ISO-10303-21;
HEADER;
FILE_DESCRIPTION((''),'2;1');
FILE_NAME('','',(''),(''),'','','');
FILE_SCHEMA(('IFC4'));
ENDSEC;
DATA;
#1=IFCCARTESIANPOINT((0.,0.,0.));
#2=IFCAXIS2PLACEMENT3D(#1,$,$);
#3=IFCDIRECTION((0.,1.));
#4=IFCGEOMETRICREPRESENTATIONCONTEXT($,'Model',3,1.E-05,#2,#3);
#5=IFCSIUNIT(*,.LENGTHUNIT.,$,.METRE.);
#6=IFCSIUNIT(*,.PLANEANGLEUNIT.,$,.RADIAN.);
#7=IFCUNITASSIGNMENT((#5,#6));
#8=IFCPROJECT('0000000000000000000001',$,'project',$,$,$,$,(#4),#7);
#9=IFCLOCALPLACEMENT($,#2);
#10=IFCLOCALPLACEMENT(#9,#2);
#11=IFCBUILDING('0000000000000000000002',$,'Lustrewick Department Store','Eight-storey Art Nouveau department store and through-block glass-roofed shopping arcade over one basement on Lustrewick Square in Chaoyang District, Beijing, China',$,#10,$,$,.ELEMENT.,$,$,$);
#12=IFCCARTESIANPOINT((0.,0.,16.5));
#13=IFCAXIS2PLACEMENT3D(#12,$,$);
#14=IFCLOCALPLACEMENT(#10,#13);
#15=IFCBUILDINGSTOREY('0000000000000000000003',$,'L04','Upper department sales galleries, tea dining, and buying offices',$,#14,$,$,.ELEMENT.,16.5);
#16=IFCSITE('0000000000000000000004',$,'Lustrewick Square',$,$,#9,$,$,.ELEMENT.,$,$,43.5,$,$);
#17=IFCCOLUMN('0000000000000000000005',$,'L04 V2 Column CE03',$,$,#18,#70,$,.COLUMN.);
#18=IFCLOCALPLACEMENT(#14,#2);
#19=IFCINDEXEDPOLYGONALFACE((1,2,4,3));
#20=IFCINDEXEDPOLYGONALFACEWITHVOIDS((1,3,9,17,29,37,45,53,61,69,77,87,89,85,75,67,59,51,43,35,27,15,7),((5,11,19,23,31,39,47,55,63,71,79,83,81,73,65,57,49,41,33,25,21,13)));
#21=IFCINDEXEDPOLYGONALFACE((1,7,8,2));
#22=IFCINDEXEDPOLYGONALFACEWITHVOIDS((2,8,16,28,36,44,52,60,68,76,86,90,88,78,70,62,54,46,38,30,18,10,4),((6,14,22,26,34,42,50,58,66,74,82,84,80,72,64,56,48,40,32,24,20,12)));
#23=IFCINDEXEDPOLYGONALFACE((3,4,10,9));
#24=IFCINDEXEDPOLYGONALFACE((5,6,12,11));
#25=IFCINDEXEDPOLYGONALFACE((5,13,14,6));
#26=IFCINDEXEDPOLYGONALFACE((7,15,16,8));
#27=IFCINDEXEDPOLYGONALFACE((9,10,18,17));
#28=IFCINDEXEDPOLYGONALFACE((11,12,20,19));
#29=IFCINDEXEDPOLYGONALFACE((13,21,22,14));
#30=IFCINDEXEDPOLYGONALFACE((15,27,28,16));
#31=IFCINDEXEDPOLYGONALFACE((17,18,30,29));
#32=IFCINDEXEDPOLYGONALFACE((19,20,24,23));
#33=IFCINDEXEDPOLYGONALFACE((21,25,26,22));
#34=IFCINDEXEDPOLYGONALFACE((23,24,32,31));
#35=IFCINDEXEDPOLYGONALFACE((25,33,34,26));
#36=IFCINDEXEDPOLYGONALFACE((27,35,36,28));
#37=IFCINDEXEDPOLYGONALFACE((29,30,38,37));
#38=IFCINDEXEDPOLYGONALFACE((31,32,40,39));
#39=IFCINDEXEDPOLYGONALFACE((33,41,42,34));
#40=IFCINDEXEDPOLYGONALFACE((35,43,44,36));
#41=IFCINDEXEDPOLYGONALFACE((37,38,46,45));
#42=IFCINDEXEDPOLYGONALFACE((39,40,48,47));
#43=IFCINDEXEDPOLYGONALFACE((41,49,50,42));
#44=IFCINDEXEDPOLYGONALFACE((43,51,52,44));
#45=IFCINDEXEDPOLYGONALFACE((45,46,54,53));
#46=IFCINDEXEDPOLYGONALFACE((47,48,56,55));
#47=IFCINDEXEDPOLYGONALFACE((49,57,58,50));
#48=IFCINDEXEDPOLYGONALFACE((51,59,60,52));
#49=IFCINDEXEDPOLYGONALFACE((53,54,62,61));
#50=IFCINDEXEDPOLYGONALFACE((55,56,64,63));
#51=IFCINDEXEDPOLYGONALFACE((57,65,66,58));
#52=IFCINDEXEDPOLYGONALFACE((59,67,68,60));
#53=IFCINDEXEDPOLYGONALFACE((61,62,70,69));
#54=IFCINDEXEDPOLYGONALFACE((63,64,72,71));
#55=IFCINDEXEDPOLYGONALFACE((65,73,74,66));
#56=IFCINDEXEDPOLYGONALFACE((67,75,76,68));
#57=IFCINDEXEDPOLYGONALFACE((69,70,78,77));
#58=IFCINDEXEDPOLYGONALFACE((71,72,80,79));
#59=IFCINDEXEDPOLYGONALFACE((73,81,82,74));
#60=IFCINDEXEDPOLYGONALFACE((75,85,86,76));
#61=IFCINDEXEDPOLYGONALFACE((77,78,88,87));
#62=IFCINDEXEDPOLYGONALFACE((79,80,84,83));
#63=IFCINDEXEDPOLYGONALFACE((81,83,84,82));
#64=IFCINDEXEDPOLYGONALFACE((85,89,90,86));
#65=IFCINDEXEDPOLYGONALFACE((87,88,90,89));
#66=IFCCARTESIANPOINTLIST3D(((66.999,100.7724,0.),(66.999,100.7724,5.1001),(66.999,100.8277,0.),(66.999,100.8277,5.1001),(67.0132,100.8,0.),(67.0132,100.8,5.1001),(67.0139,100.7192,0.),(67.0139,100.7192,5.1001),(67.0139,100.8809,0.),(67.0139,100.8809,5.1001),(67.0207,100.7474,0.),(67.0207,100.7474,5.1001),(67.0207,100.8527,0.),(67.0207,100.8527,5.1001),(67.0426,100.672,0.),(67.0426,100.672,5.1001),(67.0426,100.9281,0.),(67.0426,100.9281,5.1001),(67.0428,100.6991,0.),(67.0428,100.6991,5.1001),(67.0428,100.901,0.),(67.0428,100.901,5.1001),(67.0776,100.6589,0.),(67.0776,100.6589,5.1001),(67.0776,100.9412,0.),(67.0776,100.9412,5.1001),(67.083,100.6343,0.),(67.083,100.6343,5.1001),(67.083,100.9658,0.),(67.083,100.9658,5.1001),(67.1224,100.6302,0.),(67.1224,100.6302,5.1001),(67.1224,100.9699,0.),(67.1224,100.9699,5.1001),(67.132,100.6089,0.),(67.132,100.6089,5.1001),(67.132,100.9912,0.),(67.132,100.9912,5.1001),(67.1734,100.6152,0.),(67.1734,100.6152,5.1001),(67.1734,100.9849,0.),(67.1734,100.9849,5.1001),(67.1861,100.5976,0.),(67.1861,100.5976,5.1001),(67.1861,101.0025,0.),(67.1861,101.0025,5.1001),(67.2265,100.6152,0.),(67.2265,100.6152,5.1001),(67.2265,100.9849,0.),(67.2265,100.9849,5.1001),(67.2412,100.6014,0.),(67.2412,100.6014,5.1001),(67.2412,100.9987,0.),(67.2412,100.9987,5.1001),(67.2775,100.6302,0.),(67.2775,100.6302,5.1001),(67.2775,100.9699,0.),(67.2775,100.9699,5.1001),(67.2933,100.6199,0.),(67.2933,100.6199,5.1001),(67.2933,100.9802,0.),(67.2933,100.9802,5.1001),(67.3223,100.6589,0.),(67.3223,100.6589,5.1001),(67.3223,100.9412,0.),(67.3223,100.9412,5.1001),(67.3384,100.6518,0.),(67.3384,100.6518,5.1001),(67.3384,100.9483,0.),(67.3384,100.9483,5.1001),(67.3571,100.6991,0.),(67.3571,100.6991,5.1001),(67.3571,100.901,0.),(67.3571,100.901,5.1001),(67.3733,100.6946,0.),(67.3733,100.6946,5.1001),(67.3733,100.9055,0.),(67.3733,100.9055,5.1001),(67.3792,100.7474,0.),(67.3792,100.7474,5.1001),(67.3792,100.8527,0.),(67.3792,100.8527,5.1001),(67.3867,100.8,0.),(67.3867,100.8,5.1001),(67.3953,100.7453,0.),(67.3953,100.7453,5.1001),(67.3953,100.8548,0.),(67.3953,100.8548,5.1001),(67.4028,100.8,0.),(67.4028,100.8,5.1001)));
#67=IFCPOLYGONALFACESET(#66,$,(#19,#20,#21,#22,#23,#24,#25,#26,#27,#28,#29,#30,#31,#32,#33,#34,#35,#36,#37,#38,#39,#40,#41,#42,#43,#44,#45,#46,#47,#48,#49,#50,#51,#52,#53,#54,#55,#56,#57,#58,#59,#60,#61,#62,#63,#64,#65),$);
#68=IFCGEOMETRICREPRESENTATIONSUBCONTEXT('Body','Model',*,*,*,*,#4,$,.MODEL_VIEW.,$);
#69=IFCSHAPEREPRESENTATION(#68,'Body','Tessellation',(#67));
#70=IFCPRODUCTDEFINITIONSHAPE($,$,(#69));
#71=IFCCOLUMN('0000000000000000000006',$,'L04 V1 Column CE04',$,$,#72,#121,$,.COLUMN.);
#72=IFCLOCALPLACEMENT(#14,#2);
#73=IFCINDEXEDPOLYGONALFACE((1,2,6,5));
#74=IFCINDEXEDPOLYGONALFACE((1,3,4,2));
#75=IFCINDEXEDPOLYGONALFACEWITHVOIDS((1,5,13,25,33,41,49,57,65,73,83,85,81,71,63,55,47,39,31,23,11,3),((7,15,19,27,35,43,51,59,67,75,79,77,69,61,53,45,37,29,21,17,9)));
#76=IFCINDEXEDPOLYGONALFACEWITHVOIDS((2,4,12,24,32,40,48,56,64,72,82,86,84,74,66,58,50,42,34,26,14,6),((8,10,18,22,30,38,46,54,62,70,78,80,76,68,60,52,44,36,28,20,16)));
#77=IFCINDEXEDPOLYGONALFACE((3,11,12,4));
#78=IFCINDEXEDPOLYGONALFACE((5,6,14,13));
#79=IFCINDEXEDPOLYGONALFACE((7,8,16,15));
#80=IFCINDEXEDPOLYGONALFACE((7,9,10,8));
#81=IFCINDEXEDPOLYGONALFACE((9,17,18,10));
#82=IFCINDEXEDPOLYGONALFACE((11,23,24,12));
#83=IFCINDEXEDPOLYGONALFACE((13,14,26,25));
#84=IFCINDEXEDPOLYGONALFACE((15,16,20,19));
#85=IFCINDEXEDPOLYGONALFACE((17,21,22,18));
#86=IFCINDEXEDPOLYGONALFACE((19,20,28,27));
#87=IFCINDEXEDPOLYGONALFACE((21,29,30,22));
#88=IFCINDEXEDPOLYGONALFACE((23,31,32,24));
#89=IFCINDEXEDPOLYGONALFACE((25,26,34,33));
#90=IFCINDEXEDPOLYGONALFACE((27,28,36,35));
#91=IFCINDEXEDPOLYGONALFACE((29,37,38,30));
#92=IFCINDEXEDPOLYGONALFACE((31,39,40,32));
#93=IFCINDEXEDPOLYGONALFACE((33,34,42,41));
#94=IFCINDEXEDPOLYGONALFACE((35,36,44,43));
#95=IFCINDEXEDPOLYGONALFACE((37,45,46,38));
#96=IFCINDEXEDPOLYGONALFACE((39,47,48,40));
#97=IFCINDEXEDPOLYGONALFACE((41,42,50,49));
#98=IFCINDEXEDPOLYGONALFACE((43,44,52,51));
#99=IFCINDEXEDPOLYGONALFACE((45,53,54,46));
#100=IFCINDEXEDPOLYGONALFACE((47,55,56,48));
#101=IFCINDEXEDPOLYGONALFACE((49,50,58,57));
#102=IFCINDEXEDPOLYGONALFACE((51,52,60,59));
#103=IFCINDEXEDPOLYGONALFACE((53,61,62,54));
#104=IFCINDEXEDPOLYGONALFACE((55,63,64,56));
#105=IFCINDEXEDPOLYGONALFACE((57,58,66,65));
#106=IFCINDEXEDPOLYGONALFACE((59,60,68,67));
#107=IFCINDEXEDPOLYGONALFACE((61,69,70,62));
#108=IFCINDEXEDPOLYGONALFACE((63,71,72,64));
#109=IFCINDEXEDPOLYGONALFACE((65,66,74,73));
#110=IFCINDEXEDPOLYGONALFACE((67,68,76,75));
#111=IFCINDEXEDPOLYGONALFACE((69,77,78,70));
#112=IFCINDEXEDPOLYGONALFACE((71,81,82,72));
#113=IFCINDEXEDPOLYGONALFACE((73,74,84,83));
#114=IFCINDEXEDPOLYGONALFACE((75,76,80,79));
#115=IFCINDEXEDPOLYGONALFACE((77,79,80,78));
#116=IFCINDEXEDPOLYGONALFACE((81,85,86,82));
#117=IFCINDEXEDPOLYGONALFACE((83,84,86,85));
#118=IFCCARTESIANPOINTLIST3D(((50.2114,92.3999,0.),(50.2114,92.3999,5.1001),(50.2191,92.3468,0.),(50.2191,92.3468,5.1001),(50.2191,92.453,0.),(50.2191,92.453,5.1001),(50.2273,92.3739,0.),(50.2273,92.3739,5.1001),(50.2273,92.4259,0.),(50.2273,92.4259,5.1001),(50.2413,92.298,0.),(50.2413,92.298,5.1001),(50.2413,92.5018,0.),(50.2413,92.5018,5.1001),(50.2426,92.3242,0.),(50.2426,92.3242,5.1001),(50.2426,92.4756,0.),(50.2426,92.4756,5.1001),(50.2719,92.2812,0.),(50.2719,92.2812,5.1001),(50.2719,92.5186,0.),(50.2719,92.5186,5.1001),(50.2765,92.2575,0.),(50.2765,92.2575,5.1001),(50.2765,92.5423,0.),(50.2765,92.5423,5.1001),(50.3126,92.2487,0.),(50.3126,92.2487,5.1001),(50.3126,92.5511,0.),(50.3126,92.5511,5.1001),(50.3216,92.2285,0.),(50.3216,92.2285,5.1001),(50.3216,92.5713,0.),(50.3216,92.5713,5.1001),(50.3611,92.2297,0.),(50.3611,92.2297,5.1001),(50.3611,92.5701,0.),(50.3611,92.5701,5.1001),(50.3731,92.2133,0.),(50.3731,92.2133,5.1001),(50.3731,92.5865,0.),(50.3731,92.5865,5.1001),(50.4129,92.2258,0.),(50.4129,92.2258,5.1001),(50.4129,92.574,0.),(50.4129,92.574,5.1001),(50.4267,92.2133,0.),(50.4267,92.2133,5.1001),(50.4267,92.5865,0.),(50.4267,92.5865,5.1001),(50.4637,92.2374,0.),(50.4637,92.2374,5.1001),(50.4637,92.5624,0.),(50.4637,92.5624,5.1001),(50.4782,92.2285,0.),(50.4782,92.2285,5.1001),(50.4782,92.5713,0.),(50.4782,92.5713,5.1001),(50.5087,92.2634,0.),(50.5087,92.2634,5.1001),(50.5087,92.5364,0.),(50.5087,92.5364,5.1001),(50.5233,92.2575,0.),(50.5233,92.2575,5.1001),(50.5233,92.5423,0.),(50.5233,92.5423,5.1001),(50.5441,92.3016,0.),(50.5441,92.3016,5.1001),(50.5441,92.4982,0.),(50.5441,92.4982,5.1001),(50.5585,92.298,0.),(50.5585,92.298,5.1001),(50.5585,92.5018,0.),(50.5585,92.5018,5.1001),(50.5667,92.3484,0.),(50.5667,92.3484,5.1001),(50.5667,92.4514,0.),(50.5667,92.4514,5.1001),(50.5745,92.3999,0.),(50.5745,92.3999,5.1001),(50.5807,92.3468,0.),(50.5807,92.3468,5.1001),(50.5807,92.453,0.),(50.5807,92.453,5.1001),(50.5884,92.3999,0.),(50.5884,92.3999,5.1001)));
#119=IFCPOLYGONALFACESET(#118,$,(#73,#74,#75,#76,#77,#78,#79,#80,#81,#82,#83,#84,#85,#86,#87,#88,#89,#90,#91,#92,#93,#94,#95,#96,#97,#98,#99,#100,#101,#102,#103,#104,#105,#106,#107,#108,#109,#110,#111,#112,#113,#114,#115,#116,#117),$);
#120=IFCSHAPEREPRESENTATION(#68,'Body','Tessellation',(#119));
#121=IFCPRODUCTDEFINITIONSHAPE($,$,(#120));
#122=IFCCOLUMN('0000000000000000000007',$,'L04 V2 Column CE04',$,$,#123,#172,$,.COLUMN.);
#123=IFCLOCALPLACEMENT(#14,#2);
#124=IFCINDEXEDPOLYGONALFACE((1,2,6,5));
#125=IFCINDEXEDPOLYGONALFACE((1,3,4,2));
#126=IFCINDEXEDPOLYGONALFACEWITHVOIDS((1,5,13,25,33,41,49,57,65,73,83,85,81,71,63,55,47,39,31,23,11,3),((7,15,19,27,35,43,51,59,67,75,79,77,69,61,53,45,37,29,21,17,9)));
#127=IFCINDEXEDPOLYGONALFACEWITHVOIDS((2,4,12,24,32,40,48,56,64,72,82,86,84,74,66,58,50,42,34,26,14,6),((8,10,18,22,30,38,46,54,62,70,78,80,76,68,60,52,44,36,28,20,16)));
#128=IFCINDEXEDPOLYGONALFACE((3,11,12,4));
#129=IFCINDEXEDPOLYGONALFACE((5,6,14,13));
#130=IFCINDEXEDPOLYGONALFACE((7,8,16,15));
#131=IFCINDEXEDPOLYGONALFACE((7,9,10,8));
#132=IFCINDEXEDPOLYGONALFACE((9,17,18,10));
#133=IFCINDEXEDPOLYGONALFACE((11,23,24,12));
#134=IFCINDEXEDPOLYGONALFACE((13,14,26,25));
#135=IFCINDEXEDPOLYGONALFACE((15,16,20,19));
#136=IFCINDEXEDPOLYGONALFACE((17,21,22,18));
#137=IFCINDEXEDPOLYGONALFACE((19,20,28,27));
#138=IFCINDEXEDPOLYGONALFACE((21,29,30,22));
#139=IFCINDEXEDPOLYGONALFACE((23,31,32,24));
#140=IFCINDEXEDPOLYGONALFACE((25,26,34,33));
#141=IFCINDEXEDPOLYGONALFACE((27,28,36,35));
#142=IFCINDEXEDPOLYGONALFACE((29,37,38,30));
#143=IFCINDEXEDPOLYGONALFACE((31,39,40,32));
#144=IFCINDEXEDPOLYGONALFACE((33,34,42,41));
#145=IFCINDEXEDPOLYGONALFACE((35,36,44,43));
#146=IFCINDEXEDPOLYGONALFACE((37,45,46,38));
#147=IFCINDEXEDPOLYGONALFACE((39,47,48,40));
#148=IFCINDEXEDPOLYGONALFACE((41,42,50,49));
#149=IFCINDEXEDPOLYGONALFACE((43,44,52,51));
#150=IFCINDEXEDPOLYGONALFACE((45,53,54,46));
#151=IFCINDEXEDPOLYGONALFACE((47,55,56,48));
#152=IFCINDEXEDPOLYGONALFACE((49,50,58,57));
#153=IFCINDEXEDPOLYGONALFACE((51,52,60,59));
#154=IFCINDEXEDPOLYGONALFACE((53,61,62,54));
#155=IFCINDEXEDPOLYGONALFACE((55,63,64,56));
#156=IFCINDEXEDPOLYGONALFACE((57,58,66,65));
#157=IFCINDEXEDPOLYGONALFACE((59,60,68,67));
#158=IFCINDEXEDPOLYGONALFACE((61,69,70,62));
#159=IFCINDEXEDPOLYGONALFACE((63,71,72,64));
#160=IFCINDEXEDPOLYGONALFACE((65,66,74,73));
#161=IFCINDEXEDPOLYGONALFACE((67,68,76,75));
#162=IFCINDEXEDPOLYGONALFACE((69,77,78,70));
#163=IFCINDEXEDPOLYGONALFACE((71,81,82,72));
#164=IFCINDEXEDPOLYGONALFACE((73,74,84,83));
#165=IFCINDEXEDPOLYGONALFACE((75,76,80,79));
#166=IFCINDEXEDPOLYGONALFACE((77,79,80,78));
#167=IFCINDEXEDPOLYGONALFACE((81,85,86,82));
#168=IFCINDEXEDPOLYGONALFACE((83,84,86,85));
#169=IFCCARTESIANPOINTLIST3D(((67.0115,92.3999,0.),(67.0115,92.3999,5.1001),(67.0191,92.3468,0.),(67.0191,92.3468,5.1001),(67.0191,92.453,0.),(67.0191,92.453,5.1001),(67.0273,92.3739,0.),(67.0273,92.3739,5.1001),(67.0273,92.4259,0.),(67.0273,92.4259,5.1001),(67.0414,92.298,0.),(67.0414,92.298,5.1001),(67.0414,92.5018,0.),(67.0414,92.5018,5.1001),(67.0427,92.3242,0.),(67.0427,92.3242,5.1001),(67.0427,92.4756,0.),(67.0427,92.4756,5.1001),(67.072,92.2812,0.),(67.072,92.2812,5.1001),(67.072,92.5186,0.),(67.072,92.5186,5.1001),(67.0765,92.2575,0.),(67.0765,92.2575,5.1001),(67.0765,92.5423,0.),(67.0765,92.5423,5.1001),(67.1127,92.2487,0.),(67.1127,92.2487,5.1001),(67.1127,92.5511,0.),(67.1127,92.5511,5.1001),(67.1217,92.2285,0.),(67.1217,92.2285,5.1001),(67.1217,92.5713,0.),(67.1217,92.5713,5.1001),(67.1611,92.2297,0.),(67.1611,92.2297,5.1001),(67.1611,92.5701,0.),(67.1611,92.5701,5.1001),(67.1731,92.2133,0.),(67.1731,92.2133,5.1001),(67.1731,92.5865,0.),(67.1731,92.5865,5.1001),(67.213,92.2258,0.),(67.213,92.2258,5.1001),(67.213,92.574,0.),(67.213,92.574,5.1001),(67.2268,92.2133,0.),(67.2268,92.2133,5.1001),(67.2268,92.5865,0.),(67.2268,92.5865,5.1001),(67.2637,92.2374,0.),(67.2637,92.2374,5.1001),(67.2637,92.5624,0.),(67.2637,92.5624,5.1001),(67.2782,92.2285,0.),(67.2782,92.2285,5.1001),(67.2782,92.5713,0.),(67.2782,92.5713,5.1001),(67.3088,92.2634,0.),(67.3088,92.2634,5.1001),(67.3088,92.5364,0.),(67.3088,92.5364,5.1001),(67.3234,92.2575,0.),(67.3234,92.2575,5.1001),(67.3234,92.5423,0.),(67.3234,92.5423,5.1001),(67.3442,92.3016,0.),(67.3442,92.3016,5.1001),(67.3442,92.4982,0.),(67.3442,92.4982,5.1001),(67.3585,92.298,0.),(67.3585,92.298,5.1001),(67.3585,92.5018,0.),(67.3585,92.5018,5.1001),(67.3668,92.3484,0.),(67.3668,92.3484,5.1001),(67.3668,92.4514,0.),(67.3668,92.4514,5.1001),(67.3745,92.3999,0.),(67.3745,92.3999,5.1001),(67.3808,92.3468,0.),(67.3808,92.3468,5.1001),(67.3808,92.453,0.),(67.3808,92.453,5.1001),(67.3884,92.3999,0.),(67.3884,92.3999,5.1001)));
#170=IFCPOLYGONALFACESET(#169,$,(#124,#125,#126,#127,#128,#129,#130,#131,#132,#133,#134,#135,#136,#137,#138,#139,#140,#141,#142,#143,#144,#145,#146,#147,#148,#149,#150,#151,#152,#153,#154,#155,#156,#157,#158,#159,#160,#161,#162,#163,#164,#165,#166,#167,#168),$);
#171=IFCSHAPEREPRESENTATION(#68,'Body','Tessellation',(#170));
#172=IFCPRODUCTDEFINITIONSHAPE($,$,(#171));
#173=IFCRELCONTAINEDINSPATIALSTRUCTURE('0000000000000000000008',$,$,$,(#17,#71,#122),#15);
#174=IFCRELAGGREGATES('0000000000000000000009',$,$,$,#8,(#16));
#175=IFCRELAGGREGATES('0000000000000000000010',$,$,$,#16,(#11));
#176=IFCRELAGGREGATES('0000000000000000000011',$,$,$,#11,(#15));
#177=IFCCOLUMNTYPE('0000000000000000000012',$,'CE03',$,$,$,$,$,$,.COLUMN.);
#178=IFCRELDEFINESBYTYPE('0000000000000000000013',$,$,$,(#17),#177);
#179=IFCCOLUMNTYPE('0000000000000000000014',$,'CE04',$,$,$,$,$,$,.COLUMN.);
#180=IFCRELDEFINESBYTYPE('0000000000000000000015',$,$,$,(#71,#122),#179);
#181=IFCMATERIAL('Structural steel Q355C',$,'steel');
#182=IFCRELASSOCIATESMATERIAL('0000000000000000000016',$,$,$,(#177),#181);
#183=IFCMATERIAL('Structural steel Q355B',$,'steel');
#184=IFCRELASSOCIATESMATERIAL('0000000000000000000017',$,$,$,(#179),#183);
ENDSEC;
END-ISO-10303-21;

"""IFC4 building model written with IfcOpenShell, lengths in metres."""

from ifc_helpers import new_model, si_unit, direction, frame, origin, origin_2d, place, context, subcontext, project, spatial, hollow_circle, extrude, material, material_profile, profile_set, type_object, element, save


model = new_model("IFC4")

# Units and contexts
model_context = context("Model", 3, precision=1e-05, world=origin(), true_north=direction((0.0, 1.0)))
body_context = subcontext(model_context, "Body", "Model", "MODEL_VIEW")
ifc_project = project(units=[si_unit("LENGTHUNIT", "METRE"), si_unit("PLANEANGLEUNIT", "RADIAN")], contexts=[model_context])

# Site, building, storey
site_placement = place(None, origin())
site = spatial("IfcSite", under=ifc_project, at=site_placement, Name="Lustrewick Square", CompositionType="ELEMENT", RefElevation=43.5)
building_placement = place(site_placement, origin())
building = spatial("IfcBuilding", under=site, at=building_placement, Name="Lustrewick Department Store", Description="Eight-storey Art Nouveau department store and through-block glass-roofed shopping arcade over one basement on Lustrewick Square in Chaoyang District, Beijing, China", CompositionType="ELEMENT")
storey_placement = place(building_placement, frame((0.0, 0.0, 16.5)))
storey = spatial("IfcBuildingStorey", under=building, at=storey_placement, Name="L04", Description="Upper department sales galleries, tea dining, and buying offices", CompositionType="ELEMENT", Elevation=16.5)

# Columns
ifc_material_1 = material(Name="Structural steel Q355C", Category="steel")
ifc_material_profile_1 = material_profile(ifc_material_1, hollow_circle(Radius=0.2029, WallThickness=0.0161, at=origin_2d()), Name="CHS 406x16")
ifc_profile_set_1 = profile_set([ifc_material_profile_1], Name="Structural steel Q355C")
column_type_1 = type_object("IfcColumnType", Name="CE03", PredefinedType="COLUMN", material=ifc_profile_set_1)
column_placement = place(storey_placement, frame((67.2, 100.8, 0.0), z_axis=(0.0, 0.0, 1.0), x_axis=(1.0, 0.0, 0.0)))
element("IfcColumn", 1, at=column_placement, inside=storey, type_object=column_type_1, Name="L04 V2 Column CE03", PredefinedType="COLUMN", context=body_context, shape_type="SweptSolid", body=[
    extrude(hollow_circle(Radius=0.2029, WallThickness=0.0161, at=origin_2d()), origin(), (0.0, 0.0, 1.0), 5.1001),
])
ifc_material_2 = material(Name="Structural steel Q355B", Category="steel")
ifc_material_profile_2 = material_profile(ifc_material_2, hollow_circle(Radius=0.1885, WallThickness=0.0139, at=origin_2d()), Name="CHS 377x14")
ifc_profile_set_2 = profile_set([ifc_material_profile_2], Name="Structural steel Q355B")
column_type_2 = type_object("IfcColumnType", Name="CE04", PredefinedType="COLUMN", material=ifc_profile_set_2)
for number, where, z_axis, x_axis, name in (
    (2, (50.3999, 92.3999, 0.0), (0.0, 0.0, 1.0), (1.0, 0.0, 0.0), "L04 V1 Column CE04"),
    (3, (67.2, 92.3999, 0.0), (0.0, 0.0, 1.0), (1.0, 0.0, 0.0), "L04 V2 Column CE04"),
):
    element("IfcColumn", number, at=place(storey_placement, frame(where, z_axis=z_axis, x_axis=x_axis)), inside=storey, type_object=column_type_2, Name=name, PredefinedType="COLUMN", context=body_context, shape_type="SweptSolid", body=[
        extrude(hollow_circle(Radius=0.1885, WallThickness=0.0139, at=origin_2d()), origin(), (0.0, 0.0, 1.0), 5.1001),
    ])

save(model, "model.ifc")
